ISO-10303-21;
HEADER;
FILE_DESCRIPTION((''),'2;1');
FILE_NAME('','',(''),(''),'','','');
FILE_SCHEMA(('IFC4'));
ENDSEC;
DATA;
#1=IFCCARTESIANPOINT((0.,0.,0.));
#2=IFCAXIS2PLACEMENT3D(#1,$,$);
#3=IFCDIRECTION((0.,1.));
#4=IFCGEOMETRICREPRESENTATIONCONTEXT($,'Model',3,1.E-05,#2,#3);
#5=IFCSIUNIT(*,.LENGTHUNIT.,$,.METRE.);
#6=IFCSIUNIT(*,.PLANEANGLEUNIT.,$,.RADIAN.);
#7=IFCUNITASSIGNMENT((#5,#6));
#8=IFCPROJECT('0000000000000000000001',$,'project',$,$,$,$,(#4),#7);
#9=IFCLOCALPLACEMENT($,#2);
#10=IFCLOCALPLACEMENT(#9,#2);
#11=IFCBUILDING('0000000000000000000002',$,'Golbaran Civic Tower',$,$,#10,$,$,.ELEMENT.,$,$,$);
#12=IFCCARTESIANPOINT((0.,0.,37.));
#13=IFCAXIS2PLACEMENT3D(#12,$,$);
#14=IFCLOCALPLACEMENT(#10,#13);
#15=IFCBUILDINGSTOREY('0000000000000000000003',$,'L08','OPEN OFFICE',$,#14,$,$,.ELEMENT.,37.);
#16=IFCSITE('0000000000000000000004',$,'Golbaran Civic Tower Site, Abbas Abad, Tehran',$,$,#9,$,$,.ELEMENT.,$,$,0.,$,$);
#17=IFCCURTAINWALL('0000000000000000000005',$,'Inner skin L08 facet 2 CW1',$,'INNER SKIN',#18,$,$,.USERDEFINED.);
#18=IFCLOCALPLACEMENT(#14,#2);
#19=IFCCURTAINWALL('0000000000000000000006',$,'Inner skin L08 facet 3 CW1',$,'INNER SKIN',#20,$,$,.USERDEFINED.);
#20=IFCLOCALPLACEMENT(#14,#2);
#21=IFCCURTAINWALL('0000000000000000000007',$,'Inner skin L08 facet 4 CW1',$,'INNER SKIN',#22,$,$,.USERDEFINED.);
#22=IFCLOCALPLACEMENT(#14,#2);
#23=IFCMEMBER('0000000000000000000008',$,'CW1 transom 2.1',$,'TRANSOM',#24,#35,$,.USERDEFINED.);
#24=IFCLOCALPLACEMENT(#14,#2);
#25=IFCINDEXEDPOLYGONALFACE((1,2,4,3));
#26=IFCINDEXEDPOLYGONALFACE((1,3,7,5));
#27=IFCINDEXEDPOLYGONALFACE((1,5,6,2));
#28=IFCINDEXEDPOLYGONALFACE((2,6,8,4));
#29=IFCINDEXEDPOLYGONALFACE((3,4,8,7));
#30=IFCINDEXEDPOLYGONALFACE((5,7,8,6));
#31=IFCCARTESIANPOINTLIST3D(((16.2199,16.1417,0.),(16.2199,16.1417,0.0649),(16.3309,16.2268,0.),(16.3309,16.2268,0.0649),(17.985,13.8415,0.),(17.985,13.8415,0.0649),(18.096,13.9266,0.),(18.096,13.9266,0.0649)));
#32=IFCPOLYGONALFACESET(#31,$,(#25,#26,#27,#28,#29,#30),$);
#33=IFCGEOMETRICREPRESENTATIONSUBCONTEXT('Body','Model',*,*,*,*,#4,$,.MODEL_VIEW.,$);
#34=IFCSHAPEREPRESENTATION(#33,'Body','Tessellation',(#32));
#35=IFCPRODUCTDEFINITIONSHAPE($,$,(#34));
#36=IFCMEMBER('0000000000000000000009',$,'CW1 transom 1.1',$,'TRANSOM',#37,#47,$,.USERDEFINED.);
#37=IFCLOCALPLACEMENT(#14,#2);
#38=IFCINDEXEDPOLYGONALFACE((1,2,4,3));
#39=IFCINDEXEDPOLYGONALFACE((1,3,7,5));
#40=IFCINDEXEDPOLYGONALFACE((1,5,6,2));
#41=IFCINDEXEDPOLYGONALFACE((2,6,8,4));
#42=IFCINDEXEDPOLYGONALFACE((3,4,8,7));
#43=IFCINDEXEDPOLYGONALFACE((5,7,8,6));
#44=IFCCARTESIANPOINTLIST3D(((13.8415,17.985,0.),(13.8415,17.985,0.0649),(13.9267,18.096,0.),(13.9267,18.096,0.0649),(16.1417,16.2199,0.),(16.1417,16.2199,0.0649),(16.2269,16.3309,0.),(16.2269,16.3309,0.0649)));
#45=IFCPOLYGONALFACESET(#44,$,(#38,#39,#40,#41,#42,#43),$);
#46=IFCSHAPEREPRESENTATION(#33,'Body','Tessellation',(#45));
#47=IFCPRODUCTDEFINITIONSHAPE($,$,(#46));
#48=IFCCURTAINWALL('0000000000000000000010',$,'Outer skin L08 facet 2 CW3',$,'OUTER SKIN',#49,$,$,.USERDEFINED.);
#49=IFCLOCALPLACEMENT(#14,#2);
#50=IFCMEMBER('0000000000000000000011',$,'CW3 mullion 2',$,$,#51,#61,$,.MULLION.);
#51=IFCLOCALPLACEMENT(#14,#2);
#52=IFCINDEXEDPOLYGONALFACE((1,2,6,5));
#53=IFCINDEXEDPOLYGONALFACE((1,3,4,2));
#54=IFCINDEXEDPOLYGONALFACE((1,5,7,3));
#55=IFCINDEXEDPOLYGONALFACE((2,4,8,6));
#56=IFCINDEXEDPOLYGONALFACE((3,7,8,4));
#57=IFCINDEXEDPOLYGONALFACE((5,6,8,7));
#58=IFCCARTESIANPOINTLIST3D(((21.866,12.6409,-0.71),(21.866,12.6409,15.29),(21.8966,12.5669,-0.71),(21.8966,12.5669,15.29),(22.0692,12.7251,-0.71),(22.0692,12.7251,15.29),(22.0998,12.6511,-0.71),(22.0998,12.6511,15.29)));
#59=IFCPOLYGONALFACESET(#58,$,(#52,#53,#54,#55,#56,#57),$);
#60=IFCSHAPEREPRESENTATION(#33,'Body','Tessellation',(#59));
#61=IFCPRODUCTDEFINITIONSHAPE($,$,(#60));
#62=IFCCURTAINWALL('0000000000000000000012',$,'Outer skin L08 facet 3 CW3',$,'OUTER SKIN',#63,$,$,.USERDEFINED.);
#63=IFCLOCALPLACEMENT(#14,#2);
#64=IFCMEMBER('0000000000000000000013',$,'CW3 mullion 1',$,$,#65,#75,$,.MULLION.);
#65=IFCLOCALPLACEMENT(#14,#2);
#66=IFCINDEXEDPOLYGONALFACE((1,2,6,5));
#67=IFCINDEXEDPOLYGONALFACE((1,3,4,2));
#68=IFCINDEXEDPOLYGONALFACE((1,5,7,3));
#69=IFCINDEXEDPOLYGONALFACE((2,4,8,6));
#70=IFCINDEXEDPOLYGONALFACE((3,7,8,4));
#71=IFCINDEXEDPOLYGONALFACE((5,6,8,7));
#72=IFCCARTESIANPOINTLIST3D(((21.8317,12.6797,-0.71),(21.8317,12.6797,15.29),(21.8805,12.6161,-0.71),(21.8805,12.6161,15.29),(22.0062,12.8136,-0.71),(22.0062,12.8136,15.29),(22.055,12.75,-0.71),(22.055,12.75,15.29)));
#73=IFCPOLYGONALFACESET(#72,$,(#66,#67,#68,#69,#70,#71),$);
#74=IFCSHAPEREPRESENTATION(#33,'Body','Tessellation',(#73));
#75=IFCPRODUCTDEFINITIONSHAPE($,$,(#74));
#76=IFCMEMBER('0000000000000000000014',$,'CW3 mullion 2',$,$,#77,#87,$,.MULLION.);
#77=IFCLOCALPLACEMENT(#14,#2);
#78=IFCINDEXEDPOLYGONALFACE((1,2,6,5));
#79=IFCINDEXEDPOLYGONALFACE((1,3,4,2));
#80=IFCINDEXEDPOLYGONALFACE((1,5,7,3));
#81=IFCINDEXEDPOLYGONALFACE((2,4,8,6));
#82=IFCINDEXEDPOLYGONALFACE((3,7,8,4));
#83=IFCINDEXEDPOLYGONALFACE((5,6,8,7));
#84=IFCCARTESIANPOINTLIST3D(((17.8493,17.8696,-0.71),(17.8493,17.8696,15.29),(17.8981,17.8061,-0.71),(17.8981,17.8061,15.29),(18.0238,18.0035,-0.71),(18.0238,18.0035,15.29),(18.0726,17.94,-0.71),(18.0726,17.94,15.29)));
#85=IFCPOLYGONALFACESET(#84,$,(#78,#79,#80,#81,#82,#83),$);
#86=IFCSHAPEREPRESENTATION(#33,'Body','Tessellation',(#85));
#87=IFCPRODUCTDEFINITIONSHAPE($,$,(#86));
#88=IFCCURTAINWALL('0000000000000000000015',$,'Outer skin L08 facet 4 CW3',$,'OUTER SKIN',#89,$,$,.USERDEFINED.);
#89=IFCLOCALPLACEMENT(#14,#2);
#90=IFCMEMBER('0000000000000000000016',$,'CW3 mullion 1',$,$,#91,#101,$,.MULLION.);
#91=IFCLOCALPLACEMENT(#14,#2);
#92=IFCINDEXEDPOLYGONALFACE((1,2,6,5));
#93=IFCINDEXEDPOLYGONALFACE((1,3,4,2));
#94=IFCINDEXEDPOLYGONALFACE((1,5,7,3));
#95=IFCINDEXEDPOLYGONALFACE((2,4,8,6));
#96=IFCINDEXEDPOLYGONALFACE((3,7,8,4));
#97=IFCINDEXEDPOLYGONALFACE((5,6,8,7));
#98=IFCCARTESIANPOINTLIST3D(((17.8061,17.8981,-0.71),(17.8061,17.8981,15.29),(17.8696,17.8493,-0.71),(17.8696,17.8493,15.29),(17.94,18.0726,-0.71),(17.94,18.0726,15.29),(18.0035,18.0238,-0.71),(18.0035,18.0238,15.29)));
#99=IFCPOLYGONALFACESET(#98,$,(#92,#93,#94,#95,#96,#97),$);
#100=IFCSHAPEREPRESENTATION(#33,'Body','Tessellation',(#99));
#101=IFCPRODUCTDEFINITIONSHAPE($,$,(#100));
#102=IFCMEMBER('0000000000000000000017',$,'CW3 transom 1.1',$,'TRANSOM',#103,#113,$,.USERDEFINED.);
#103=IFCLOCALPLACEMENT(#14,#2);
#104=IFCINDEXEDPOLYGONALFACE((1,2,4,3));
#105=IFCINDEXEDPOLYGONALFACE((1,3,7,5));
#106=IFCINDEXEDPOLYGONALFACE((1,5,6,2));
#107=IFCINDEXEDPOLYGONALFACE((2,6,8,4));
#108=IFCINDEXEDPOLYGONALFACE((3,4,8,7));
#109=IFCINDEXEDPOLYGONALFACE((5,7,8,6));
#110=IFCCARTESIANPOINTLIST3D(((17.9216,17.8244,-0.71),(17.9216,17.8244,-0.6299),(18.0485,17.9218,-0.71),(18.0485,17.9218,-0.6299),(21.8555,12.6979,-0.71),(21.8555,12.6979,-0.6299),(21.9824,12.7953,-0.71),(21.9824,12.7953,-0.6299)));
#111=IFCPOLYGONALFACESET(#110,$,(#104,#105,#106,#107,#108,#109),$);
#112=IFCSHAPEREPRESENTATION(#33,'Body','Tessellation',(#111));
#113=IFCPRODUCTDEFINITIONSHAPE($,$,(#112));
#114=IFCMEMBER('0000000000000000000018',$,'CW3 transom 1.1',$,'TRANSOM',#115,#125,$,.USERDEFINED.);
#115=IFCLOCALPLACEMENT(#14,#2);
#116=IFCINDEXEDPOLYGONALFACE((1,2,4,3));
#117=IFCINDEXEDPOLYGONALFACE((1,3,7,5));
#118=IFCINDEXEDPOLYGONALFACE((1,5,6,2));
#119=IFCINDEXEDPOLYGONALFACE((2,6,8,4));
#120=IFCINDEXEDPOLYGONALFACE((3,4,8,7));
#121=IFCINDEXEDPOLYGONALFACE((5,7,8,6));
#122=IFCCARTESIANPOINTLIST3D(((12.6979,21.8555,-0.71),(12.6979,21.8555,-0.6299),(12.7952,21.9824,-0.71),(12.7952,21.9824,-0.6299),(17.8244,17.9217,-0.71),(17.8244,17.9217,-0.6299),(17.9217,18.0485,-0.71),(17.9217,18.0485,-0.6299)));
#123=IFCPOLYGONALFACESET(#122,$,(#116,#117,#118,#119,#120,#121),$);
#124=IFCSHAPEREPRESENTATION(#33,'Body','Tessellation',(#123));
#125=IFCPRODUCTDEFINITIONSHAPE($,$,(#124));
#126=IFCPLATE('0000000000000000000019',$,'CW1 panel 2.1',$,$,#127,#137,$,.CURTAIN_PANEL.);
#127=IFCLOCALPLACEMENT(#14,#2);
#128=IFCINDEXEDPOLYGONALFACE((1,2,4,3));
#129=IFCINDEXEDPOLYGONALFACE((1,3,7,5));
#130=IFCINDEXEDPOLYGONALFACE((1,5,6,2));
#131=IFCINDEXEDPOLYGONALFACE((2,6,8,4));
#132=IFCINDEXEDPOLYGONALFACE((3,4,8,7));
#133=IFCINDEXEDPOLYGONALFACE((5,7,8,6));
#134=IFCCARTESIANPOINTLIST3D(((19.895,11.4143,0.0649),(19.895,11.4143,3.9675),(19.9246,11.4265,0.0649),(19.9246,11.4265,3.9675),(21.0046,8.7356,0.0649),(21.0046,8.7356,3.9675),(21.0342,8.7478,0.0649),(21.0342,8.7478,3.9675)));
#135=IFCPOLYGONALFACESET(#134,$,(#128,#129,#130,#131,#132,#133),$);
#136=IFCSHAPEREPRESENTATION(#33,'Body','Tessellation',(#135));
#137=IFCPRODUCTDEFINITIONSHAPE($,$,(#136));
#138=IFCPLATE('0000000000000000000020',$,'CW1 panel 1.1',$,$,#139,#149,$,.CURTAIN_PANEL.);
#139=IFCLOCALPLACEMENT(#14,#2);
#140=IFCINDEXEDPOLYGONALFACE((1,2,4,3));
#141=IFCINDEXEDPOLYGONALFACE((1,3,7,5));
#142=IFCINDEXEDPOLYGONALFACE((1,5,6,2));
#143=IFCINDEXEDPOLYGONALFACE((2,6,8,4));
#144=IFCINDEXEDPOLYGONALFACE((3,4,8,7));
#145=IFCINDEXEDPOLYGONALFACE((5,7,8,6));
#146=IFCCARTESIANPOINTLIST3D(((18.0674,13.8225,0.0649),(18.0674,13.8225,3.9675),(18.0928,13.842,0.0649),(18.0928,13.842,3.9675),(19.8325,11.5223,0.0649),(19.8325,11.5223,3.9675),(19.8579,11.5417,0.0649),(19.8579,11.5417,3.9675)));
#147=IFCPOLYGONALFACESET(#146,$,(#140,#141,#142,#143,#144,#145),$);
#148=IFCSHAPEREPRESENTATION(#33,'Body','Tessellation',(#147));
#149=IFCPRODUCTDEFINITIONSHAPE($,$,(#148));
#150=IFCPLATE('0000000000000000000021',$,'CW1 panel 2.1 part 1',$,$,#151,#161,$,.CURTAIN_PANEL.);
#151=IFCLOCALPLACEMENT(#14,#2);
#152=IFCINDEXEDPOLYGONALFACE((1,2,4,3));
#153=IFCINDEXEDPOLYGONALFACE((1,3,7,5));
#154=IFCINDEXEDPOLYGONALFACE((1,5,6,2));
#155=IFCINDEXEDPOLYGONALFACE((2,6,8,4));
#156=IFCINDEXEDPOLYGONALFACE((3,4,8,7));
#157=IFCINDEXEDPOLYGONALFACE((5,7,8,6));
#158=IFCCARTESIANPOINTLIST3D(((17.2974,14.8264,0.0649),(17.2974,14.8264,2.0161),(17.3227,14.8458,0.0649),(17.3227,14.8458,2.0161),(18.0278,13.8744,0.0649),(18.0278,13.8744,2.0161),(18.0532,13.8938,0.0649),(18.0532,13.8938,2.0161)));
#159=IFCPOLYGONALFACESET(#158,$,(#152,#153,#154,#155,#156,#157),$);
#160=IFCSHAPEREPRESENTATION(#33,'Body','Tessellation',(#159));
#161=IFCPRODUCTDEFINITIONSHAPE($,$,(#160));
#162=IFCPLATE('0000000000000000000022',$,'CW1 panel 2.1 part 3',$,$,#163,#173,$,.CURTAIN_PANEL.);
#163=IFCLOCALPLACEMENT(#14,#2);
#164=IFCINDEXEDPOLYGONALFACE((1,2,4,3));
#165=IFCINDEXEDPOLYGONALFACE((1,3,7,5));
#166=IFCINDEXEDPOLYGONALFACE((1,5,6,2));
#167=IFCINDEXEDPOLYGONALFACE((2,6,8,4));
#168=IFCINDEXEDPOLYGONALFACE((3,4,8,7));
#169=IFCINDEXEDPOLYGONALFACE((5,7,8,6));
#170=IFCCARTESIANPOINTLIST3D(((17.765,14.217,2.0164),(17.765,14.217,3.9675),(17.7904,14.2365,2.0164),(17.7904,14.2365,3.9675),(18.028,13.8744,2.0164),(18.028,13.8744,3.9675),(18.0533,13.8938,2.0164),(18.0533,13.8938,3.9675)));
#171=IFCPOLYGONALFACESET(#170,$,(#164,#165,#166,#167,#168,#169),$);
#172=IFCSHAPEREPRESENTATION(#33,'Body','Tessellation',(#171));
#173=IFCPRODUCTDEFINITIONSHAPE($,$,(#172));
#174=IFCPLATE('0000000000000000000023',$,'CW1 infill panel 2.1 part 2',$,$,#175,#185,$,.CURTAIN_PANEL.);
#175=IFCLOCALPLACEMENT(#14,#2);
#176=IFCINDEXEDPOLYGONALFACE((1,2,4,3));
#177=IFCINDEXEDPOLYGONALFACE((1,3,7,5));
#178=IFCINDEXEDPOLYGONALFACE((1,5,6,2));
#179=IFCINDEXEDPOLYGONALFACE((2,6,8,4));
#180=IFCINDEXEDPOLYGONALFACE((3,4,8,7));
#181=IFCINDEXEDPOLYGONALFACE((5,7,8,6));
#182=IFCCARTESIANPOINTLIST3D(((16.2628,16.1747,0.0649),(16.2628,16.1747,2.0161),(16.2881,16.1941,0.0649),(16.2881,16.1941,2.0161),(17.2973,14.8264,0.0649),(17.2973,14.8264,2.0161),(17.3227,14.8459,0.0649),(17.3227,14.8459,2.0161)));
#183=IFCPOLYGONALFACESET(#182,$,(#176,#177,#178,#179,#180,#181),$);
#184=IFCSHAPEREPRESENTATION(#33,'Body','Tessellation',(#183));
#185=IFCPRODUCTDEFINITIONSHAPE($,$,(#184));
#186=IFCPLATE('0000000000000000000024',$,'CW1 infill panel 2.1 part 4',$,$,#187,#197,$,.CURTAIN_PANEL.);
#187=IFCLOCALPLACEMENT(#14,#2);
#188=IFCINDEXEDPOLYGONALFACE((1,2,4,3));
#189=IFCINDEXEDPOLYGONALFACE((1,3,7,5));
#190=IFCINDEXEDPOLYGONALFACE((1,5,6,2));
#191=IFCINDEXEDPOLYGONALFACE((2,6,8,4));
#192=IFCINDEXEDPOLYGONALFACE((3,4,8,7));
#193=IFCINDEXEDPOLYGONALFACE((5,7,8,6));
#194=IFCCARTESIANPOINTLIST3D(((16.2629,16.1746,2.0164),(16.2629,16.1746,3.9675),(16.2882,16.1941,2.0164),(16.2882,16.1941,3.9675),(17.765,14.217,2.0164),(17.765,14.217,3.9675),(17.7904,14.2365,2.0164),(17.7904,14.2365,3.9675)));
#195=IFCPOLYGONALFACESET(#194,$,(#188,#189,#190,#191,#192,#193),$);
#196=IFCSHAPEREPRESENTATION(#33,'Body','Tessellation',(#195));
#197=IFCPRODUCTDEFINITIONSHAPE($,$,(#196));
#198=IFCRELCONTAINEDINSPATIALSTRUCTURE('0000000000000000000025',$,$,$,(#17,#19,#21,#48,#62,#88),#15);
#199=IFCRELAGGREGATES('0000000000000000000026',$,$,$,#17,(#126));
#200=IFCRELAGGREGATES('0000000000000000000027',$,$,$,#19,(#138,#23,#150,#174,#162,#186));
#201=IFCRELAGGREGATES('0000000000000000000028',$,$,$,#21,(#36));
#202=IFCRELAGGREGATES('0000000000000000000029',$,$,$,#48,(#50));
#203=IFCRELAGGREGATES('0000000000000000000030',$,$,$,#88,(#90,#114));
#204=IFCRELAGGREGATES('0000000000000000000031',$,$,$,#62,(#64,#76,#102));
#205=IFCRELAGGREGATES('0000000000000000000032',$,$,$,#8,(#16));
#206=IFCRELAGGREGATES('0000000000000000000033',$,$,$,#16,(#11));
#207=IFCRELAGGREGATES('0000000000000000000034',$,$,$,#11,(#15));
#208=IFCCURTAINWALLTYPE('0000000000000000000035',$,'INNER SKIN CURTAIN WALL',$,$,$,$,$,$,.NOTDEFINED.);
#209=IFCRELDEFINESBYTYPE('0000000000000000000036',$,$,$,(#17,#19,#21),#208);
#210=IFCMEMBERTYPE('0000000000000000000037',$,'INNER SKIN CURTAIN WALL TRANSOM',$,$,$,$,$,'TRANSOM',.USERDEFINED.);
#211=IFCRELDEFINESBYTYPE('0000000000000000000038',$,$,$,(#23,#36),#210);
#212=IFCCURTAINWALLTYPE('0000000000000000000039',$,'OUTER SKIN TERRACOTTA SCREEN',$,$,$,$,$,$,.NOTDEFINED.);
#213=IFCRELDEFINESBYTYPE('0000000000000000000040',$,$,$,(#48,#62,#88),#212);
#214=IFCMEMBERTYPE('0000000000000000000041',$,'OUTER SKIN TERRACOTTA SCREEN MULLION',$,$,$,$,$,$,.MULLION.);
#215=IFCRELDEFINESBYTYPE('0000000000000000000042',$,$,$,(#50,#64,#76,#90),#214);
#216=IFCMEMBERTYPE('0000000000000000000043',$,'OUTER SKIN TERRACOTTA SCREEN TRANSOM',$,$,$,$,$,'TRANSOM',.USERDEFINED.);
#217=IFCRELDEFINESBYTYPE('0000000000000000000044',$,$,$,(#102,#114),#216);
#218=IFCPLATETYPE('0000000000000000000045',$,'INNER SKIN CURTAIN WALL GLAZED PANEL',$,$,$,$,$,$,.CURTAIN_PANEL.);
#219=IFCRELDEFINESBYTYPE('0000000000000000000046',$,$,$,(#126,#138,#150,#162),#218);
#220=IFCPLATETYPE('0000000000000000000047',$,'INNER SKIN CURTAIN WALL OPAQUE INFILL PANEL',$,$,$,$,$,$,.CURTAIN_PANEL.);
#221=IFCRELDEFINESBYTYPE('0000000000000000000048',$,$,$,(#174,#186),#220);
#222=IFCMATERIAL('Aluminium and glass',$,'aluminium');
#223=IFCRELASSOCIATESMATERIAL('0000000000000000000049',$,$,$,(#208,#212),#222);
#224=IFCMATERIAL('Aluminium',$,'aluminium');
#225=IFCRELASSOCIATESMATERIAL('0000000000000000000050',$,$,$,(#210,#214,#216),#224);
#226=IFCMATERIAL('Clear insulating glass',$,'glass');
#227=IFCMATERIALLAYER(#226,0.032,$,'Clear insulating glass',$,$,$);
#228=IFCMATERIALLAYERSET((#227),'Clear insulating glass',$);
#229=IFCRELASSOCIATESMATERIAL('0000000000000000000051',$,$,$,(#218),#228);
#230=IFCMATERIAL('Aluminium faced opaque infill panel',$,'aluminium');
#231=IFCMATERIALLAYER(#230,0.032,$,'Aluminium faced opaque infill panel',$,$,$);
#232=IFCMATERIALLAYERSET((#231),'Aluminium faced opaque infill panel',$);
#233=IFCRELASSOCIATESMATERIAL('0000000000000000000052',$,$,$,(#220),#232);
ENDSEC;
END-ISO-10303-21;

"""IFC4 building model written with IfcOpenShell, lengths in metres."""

from ifc_helpers import new_model, si_unit, direction, frame, origin, origin_2d, place, context, subcontext, project, spatial, rectangle, extrude, material, layer, layer_set, material_profile, profile_set, type_object, element, aggregate, save


model = new_model("IFC4")

# Units and contexts
model_context = context("Model", 3, precision=1e-05, world=origin(), true_north=direction((0.0, 1.0)))
body_context = subcontext(model_context, "Body", "Model", "MODEL_VIEW")
ifc_project = project(units=[si_unit("LENGTHUNIT", "METRE"), si_unit("PLANEANGLEUNIT", "RADIAN")], contexts=[model_context])

# Site, building, storey
site_placement = place(None, origin())
site = spatial("IfcSite", under=ifc_project, at=site_placement, Name="Golbaran Civic Tower Site, Abbas Abad, Tehran", CompositionType="ELEMENT", RefElevation=0.0)
building_placement = place(site_placement, origin())
building = spatial("IfcBuilding", under=site, at=building_placement, Name="Golbaran Civic Tower", CompositionType="ELEMENT")
storey_placement = place(building_placement, frame((0.0, 0.0, 37.0)))
storey = spatial("IfcBuildingStorey", under=building, at=storey_placement, Name="L08", Description="OPEN OFFICE", CompositionType="ELEMENT", Elevation=37.0)

# Curtain wall
ifc_material_1 = material(Name="Aluminium and glass", Category="aluminium")
curtain_wall_type_1 = type_object("IfcCurtainWallType", Name="INNER SKIN CURTAIN WALL", PredefinedType="NOTDEFINED", material=ifc_material_1)
curtain_wall_1_placement = place(storey_placement, origin())
curtain_wall_1 = element("IfcCurtainWall", 1, at=curtain_wall_1_placement, inside=storey, type_object=curtain_wall_type_1, Name="Inner skin L08 facet 2 CW1", ObjectType="INNER SKIN", PredefinedType="USERDEFINED")
ifc_material_2 = material(Name="Aluminium", Category="aluminium")

# Curtain wall
curtain_wall_2_placement = place(storey_placement, origin())
curtain_wall_2 = element("IfcCurtainWall", 2, at=curtain_wall_2_placement, inside=storey, type_object=curtain_wall_type_1, Name="Inner skin L08 facet 3 CW1", ObjectType="INNER SKIN", PredefinedType="USERDEFINED")

# Curtain wall
curtain_wall_3_placement = place(storey_placement, origin())
curtain_wall_3 = element("IfcCurtainWall", 3, at=curtain_wall_3_placement, inside=storey, type_object=curtain_wall_type_1, Name="Inner skin L08 facet 4 CW1", ObjectType="INNER SKIN", PredefinedType="USERDEFINED")

# Members
ifc_material_profile_1 = material_profile(ifc_material_2, rectangle(XDim=0.1399, YDim=0.0649, at=origin_2d()), Name="INNER SKIN CURTAIN WALL TRANSOM")
ifc_profile_set_1 = profile_set([ifc_material_profile_1], Name="Aluminium")
member_type_1 = type_object("IfcMemberType", Name="INNER SKIN CURTAIN WALL TRANSOM", ElementType="TRANSOM", PredefinedType="USERDEFINED", material=ifc_profile_set_1)
member_1_placement = place(storey_placement, frame((18.0405, 13.884, 0.0325), z_axis=(-0.608774, 0.793343, 0.0), x_axis=(-0.793343, -0.608774, 0.0)))
member_1 = element("IfcMember", 4, at=member_1_placement, type_object=member_type_1, Name="CW1 transom 2.1", ObjectType="TRANSOM", PredefinedType="USERDEFINED", context=body_context, shape_type="SweptSolid", body=[
    extrude(rectangle(XDim=0.1399, YDim=0.0649, at=origin_2d()), origin(), (0.0, 0.0, 1.0), 2.8994),
])
member_2_placement = place(storey_placement, frame((16.1843, 16.2754, 0.0325), z_axis=(-0.793343, 0.608774, 0.0), x_axis=(-0.608774, -0.793343, 0.0)))
member_2 = element("IfcMember", 5, at=member_2_placement, type_object=member_type_1, Name="CW1 transom 1.1", ObjectType="TRANSOM", PredefinedType="USERDEFINED", context=body_context, shape_type="SweptSolid", body=[
    extrude(rectangle(XDim=0.1399, YDim=0.0649, at=origin_2d()), origin(), (0.0, 0.0, 1.0), 2.8994),
])

# Curtain wall, member
curtain_wall_type_2 = type_object("IfcCurtainWallType", Name="OUTER SKIN TERRACOTTA SCREEN", PredefinedType="NOTDEFINED", material=ifc_material_1)
curtain_wall_4_placement = place(storey_placement, origin())
curtain_wall_4 = element("IfcCurtainWall", 6, at=curtain_wall_4_placement, inside=storey, type_object=curtain_wall_type_2, Name="Outer skin L08 facet 2 CW3", ObjectType="OUTER SKIN", PredefinedType="USERDEFINED")
ifc_material_profile_2 = material_profile(ifc_material_2, rectangle(XDim=0.22, YDim=0.0801, at=origin_2d()), Name="OUTER SKIN TERRACOTTA SCREEN MULLION")
ifc_profile_set_2 = profile_set([ifc_material_profile_2], Name="Aluminium")
member_type_2 = type_object("IfcMemberType", Name="OUTER SKIN TERRACOTTA SCREEN MULLION", PredefinedType="MULLION", material=ifc_profile_set_2)
member_3_placement = place(storey_placement, frame((21.9829, 12.646, -0.71), z_axis=(0.0, 0.0, 1.0), x_axis=(-0.92388, -0.382683, 0.0)))
member_3 = element("IfcMember", 7, at=member_3_placement, type_object=member_type_2, Name="CW3 mullion 2", PredefinedType="MULLION", context=body_context, shape_type="SweptSolid", body=[
    extrude(rectangle(XDim=0.22, YDim=0.0801, at=origin_2d()), origin(), (0.0, 0.0, 1.0), 16.0),
])

# Curtain wall, members
curtain_wall_5_placement = place(storey_placement, origin())
curtain_wall_5 = element("IfcCurtainWall", 8, at=curtain_wall_5_placement, inside=storey, type_object=curtain_wall_type_2, Name="Outer skin L08 facet 3 CW3", ObjectType="OUTER SKIN", PredefinedType="USERDEFINED")
member_4_placement = place(storey_placement, frame((21.9434, 12.7148, -0.71), z_axis=(0.0, 0.0, 1.0), x_axis=(-0.793353, -0.608761, 0.0)))
member_4 = element("IfcMember", 9, at=member_4_placement, type_object=member_type_2, Name="CW3 mullion 1", PredefinedType="MULLION", context=body_context, shape_type="SweptSolid", body=[
    extrude(rectangle(XDim=0.22, YDim=0.0801, at=origin_2d()), origin(), (0.0, 0.0, 1.0), 16.0),
])
member_5_placement = place(storey_placement, frame((17.9609, 17.9048, -0.71), z_axis=(0.0, 0.0, 1.0), x_axis=(-0.793353, -0.608761, 0.0)))
member_5 = element("IfcMember", 10, at=member_5_placement, type_object=member_type_2, Name="CW3 mullion 2", PredefinedType="MULLION", context=body_context, shape_type="SweptSolid", body=[
    extrude(rectangle(XDim=0.22, YDim=0.0801, at=origin_2d()), origin(), (0.0, 0.0, 1.0), 16.0),
])

# Curtain wall, member
curtain_wall_6_placement = place(storey_placement, origin())
curtain_wall_6 = element("IfcCurtainWall", 11, at=curtain_wall_6_placement, inside=storey, type_object=curtain_wall_type_2, Name="Outer skin L08 facet 4 CW3", ObjectType="OUTER SKIN", PredefinedType="USERDEFINED")
member_6_placement = place(storey_placement, frame((17.9048, 17.9609, -0.71), z_axis=(0.0, 0.0, 1.0), x_axis=(-0.608761, -0.793353, 0.0)))
member_6 = element("IfcMember", 12, at=member_6_placement, type_object=member_type_2, Name="CW3 mullion 1", PredefinedType="MULLION", context=body_context, shape_type="SweptSolid", body=[
    extrude(rectangle(XDim=0.22, YDim=0.0801, at=origin_2d()), origin(), (0.0, 0.0, 1.0), 16.0),
])

# Members
ifc_material_profile_3 = material_profile(ifc_material_2, rectangle(XDim=0.1599, YDim=0.0801, at=origin_2d()), Name="OUTER SKIN TERRACOTTA SCREEN TRANSOM")
ifc_profile_set_3 = profile_set([ifc_material_profile_3], Name="Aluminium")
member_type_3 = type_object("IfcMemberType", Name="OUTER SKIN TERRACOTTA SCREEN TRANSOM", ElementType="TRANSOM", PredefinedType="USERDEFINED", material=ifc_profile_set_3)
member_7_placement = place(storey_placement, frame((21.9189, 12.7466, -0.6699), z_axis=(-0.608777, 0.793341, 0.0), x_axis=(-0.793341, -0.608777, 0.0)))
member_7 = element("IfcMember", 13, at=member_7_placement, type_object=member_type_3, Name="CW3 transom 1.1", ObjectType="TRANSOM", PredefinedType="USERDEFINED", context=body_context, shape_type="SweptSolid", body=[
    extrude(rectangle(XDim=0.1599, YDim=0.0801, at=origin_2d()), origin(), (0.0, 0.0, 1.0), 6.4619),
])
member_8_placement = place(storey_placement, frame((17.873, 17.9851, -0.6699), z_axis=(-0.793341, 0.608777, 0.0), x_axis=(-0.608777, -0.793341, 0.0)))
member_8 = element("IfcMember", 14, at=member_8_placement, type_object=member_type_3, Name="CW3 transom 1.1", ObjectType="TRANSOM", PredefinedType="USERDEFINED", context=body_context, shape_type="SweptSolid", body=[
    extrude(rectangle(XDim=0.1599, YDim=0.0801, at=origin_2d()), origin(), (0.0, 0.0, 1.0), 6.4619),
])

# Plates
ifc_material_3 = material(Name="Clear insulating glass", Category="glass")
ifc_layer_1 = layer(ifc_material_3, 0.032, Name="Clear insulating glass")
ifc_layer_set_1 = layer_set([ifc_layer_1], Name="Clear insulating glass")
plate_type_1 = type_object("IfcPlateType", Name="INNER SKIN CURTAIN WALL GLAZED PANEL", PredefinedType="CURTAIN_PANEL", material=ifc_layer_set_1)
plate_1_placement = place(storey_placement, frame((20.4646, 10.0811, 0.0649), z_axis=(0.0, 0.0, 1.0), x_axis=(-0.382683, 0.92388, 0.0)))
plate_1 = element("IfcPlate", 15, at=plate_1_placement, type_object=plate_type_1, Name="CW1 panel 2.1", PredefinedType="CURTAIN_PANEL", context=body_context, shape_type="SweptSolid", body=[
    extrude(rectangle(XDim=2.8994, YDim=0.032, at=origin_2d()), origin(), (0.0, 0.0, 1.0), 3.9026),
])
aggregate(curtain_wall_1, [plate_1])
plate_2_placement = place(storey_placement, frame((18.9626, 12.6821, 0.0649), z_axis=(0.0, 0.0, 1.0), x_axis=(-0.608761, 0.793353, 0.0)))
plate_2 = element("IfcPlate", 16, at=plate_2_placement, type_object=plate_type_1, Name="CW1 panel 1.1", PredefinedType="CURTAIN_PANEL", context=body_context, shape_type="SweptSolid", body=[
    extrude(rectangle(XDim=2.8994, YDim=0.032, at=origin_2d()), origin(), (0.0, 0.0, 1.0), 3.9026),
])
plate_3_placement = place(storey_placement, frame((17.6753, 14.3601, 0.0649), z_axis=(0.0, 0.0, 1.0), x_axis=(-0.608761, 0.793353, 0.0)))
plate_3 = element("IfcPlate", 17, at=plate_3_placement, type_object=plate_type_1, Name="CW1 panel 2.1 part 1", PredefinedType="CURTAIN_PANEL", context=body_context, shape_type="SweptSolid", body=[
    extrude(rectangle(XDim=1.2, YDim=0.032, at=origin_2d()), origin(), (0.0, 0.0, 1.0), 1.9512),
])
plate_4_placement = place(storey_placement, frame((17.9092, 14.0554, 2.0164), z_axis=(0.0, 0.0, 1.0), x_axis=(-0.608761, 0.793353, 0.0)))
plate_4 = element("IfcPlate", 18, at=plate_4_placement, type_object=plate_type_1, Name="CW1 panel 2.1 part 3", PredefinedType="CURTAIN_PANEL", context=body_context, shape_type="SweptSolid", body=[
    extrude(rectangle(XDim=0.4319, YDim=0.032, at=origin_2d()), origin(), (0.0, 0.0, 1.0), 1.9512),
])
ifc_material_4 = material(Name="Aluminium faced opaque infill panel", Category="aluminium")
ifc_layer_2 = layer(ifc_material_4, 0.032, Name="Aluminium faced opaque infill panel")
ifc_layer_set_2 = layer_set([ifc_layer_2], Name="Aluminium faced opaque infill panel")
plate_type_2 = type_object("IfcPlateType", Name="INNER SKIN CURTAIN WALL OPAQUE INFILL PANEL", PredefinedType="CURTAIN_PANEL", material=ifc_layer_set_2)
plate_5_placement = place(storey_placement, frame((16.7927, 15.5103, 0.0649), z_axis=(0.0, 0.0, 1.0), x_axis=(-0.608761, 0.793353, 0.0)))
plate_5 = element("IfcPlate", 19, at=plate_5_placement, type_object=plate_type_2, Name="CW1 infill panel 2.1 part 2", PredefinedType="CURTAIN_PANEL", context=body_context, shape_type="SweptSolid", body=[
    extrude(rectangle(XDim=1.6995, YDim=0.032, at=origin_2d()), origin(), (0.0, 0.0, 1.0), 1.9512),
])
plate_6_placement = place(storey_placement, frame((17.0266, 15.2056, 2.0164), z_axis=(0.0, 0.0, 1.0), x_axis=(-0.608761, 0.793353, 0.0)))
plate_6 = element("IfcPlate", 20, at=plate_6_placement, type_object=plate_type_2, Name="CW1 infill panel 2.1 part 4", PredefinedType="CURTAIN_PANEL", context=body_context, shape_type="SweptSolid", body=[
    extrude(rectangle(XDim=2.4675, YDim=0.032, at=origin_2d()), origin(), (0.0, 0.0, 1.0), 1.9512),
])
aggregate(curtain_wall_2, [plate_2, member_1, plate_3, plate_5, plate_4, plate_6])
aggregate(curtain_wall_3, [member_2])
aggregate(curtain_wall_4, [member_3])
aggregate(curtain_wall_6, [member_6, member_8])
aggregate(curtain_wall_5, [member_4, member_5, member_7])

save(model, "model.ifc")
